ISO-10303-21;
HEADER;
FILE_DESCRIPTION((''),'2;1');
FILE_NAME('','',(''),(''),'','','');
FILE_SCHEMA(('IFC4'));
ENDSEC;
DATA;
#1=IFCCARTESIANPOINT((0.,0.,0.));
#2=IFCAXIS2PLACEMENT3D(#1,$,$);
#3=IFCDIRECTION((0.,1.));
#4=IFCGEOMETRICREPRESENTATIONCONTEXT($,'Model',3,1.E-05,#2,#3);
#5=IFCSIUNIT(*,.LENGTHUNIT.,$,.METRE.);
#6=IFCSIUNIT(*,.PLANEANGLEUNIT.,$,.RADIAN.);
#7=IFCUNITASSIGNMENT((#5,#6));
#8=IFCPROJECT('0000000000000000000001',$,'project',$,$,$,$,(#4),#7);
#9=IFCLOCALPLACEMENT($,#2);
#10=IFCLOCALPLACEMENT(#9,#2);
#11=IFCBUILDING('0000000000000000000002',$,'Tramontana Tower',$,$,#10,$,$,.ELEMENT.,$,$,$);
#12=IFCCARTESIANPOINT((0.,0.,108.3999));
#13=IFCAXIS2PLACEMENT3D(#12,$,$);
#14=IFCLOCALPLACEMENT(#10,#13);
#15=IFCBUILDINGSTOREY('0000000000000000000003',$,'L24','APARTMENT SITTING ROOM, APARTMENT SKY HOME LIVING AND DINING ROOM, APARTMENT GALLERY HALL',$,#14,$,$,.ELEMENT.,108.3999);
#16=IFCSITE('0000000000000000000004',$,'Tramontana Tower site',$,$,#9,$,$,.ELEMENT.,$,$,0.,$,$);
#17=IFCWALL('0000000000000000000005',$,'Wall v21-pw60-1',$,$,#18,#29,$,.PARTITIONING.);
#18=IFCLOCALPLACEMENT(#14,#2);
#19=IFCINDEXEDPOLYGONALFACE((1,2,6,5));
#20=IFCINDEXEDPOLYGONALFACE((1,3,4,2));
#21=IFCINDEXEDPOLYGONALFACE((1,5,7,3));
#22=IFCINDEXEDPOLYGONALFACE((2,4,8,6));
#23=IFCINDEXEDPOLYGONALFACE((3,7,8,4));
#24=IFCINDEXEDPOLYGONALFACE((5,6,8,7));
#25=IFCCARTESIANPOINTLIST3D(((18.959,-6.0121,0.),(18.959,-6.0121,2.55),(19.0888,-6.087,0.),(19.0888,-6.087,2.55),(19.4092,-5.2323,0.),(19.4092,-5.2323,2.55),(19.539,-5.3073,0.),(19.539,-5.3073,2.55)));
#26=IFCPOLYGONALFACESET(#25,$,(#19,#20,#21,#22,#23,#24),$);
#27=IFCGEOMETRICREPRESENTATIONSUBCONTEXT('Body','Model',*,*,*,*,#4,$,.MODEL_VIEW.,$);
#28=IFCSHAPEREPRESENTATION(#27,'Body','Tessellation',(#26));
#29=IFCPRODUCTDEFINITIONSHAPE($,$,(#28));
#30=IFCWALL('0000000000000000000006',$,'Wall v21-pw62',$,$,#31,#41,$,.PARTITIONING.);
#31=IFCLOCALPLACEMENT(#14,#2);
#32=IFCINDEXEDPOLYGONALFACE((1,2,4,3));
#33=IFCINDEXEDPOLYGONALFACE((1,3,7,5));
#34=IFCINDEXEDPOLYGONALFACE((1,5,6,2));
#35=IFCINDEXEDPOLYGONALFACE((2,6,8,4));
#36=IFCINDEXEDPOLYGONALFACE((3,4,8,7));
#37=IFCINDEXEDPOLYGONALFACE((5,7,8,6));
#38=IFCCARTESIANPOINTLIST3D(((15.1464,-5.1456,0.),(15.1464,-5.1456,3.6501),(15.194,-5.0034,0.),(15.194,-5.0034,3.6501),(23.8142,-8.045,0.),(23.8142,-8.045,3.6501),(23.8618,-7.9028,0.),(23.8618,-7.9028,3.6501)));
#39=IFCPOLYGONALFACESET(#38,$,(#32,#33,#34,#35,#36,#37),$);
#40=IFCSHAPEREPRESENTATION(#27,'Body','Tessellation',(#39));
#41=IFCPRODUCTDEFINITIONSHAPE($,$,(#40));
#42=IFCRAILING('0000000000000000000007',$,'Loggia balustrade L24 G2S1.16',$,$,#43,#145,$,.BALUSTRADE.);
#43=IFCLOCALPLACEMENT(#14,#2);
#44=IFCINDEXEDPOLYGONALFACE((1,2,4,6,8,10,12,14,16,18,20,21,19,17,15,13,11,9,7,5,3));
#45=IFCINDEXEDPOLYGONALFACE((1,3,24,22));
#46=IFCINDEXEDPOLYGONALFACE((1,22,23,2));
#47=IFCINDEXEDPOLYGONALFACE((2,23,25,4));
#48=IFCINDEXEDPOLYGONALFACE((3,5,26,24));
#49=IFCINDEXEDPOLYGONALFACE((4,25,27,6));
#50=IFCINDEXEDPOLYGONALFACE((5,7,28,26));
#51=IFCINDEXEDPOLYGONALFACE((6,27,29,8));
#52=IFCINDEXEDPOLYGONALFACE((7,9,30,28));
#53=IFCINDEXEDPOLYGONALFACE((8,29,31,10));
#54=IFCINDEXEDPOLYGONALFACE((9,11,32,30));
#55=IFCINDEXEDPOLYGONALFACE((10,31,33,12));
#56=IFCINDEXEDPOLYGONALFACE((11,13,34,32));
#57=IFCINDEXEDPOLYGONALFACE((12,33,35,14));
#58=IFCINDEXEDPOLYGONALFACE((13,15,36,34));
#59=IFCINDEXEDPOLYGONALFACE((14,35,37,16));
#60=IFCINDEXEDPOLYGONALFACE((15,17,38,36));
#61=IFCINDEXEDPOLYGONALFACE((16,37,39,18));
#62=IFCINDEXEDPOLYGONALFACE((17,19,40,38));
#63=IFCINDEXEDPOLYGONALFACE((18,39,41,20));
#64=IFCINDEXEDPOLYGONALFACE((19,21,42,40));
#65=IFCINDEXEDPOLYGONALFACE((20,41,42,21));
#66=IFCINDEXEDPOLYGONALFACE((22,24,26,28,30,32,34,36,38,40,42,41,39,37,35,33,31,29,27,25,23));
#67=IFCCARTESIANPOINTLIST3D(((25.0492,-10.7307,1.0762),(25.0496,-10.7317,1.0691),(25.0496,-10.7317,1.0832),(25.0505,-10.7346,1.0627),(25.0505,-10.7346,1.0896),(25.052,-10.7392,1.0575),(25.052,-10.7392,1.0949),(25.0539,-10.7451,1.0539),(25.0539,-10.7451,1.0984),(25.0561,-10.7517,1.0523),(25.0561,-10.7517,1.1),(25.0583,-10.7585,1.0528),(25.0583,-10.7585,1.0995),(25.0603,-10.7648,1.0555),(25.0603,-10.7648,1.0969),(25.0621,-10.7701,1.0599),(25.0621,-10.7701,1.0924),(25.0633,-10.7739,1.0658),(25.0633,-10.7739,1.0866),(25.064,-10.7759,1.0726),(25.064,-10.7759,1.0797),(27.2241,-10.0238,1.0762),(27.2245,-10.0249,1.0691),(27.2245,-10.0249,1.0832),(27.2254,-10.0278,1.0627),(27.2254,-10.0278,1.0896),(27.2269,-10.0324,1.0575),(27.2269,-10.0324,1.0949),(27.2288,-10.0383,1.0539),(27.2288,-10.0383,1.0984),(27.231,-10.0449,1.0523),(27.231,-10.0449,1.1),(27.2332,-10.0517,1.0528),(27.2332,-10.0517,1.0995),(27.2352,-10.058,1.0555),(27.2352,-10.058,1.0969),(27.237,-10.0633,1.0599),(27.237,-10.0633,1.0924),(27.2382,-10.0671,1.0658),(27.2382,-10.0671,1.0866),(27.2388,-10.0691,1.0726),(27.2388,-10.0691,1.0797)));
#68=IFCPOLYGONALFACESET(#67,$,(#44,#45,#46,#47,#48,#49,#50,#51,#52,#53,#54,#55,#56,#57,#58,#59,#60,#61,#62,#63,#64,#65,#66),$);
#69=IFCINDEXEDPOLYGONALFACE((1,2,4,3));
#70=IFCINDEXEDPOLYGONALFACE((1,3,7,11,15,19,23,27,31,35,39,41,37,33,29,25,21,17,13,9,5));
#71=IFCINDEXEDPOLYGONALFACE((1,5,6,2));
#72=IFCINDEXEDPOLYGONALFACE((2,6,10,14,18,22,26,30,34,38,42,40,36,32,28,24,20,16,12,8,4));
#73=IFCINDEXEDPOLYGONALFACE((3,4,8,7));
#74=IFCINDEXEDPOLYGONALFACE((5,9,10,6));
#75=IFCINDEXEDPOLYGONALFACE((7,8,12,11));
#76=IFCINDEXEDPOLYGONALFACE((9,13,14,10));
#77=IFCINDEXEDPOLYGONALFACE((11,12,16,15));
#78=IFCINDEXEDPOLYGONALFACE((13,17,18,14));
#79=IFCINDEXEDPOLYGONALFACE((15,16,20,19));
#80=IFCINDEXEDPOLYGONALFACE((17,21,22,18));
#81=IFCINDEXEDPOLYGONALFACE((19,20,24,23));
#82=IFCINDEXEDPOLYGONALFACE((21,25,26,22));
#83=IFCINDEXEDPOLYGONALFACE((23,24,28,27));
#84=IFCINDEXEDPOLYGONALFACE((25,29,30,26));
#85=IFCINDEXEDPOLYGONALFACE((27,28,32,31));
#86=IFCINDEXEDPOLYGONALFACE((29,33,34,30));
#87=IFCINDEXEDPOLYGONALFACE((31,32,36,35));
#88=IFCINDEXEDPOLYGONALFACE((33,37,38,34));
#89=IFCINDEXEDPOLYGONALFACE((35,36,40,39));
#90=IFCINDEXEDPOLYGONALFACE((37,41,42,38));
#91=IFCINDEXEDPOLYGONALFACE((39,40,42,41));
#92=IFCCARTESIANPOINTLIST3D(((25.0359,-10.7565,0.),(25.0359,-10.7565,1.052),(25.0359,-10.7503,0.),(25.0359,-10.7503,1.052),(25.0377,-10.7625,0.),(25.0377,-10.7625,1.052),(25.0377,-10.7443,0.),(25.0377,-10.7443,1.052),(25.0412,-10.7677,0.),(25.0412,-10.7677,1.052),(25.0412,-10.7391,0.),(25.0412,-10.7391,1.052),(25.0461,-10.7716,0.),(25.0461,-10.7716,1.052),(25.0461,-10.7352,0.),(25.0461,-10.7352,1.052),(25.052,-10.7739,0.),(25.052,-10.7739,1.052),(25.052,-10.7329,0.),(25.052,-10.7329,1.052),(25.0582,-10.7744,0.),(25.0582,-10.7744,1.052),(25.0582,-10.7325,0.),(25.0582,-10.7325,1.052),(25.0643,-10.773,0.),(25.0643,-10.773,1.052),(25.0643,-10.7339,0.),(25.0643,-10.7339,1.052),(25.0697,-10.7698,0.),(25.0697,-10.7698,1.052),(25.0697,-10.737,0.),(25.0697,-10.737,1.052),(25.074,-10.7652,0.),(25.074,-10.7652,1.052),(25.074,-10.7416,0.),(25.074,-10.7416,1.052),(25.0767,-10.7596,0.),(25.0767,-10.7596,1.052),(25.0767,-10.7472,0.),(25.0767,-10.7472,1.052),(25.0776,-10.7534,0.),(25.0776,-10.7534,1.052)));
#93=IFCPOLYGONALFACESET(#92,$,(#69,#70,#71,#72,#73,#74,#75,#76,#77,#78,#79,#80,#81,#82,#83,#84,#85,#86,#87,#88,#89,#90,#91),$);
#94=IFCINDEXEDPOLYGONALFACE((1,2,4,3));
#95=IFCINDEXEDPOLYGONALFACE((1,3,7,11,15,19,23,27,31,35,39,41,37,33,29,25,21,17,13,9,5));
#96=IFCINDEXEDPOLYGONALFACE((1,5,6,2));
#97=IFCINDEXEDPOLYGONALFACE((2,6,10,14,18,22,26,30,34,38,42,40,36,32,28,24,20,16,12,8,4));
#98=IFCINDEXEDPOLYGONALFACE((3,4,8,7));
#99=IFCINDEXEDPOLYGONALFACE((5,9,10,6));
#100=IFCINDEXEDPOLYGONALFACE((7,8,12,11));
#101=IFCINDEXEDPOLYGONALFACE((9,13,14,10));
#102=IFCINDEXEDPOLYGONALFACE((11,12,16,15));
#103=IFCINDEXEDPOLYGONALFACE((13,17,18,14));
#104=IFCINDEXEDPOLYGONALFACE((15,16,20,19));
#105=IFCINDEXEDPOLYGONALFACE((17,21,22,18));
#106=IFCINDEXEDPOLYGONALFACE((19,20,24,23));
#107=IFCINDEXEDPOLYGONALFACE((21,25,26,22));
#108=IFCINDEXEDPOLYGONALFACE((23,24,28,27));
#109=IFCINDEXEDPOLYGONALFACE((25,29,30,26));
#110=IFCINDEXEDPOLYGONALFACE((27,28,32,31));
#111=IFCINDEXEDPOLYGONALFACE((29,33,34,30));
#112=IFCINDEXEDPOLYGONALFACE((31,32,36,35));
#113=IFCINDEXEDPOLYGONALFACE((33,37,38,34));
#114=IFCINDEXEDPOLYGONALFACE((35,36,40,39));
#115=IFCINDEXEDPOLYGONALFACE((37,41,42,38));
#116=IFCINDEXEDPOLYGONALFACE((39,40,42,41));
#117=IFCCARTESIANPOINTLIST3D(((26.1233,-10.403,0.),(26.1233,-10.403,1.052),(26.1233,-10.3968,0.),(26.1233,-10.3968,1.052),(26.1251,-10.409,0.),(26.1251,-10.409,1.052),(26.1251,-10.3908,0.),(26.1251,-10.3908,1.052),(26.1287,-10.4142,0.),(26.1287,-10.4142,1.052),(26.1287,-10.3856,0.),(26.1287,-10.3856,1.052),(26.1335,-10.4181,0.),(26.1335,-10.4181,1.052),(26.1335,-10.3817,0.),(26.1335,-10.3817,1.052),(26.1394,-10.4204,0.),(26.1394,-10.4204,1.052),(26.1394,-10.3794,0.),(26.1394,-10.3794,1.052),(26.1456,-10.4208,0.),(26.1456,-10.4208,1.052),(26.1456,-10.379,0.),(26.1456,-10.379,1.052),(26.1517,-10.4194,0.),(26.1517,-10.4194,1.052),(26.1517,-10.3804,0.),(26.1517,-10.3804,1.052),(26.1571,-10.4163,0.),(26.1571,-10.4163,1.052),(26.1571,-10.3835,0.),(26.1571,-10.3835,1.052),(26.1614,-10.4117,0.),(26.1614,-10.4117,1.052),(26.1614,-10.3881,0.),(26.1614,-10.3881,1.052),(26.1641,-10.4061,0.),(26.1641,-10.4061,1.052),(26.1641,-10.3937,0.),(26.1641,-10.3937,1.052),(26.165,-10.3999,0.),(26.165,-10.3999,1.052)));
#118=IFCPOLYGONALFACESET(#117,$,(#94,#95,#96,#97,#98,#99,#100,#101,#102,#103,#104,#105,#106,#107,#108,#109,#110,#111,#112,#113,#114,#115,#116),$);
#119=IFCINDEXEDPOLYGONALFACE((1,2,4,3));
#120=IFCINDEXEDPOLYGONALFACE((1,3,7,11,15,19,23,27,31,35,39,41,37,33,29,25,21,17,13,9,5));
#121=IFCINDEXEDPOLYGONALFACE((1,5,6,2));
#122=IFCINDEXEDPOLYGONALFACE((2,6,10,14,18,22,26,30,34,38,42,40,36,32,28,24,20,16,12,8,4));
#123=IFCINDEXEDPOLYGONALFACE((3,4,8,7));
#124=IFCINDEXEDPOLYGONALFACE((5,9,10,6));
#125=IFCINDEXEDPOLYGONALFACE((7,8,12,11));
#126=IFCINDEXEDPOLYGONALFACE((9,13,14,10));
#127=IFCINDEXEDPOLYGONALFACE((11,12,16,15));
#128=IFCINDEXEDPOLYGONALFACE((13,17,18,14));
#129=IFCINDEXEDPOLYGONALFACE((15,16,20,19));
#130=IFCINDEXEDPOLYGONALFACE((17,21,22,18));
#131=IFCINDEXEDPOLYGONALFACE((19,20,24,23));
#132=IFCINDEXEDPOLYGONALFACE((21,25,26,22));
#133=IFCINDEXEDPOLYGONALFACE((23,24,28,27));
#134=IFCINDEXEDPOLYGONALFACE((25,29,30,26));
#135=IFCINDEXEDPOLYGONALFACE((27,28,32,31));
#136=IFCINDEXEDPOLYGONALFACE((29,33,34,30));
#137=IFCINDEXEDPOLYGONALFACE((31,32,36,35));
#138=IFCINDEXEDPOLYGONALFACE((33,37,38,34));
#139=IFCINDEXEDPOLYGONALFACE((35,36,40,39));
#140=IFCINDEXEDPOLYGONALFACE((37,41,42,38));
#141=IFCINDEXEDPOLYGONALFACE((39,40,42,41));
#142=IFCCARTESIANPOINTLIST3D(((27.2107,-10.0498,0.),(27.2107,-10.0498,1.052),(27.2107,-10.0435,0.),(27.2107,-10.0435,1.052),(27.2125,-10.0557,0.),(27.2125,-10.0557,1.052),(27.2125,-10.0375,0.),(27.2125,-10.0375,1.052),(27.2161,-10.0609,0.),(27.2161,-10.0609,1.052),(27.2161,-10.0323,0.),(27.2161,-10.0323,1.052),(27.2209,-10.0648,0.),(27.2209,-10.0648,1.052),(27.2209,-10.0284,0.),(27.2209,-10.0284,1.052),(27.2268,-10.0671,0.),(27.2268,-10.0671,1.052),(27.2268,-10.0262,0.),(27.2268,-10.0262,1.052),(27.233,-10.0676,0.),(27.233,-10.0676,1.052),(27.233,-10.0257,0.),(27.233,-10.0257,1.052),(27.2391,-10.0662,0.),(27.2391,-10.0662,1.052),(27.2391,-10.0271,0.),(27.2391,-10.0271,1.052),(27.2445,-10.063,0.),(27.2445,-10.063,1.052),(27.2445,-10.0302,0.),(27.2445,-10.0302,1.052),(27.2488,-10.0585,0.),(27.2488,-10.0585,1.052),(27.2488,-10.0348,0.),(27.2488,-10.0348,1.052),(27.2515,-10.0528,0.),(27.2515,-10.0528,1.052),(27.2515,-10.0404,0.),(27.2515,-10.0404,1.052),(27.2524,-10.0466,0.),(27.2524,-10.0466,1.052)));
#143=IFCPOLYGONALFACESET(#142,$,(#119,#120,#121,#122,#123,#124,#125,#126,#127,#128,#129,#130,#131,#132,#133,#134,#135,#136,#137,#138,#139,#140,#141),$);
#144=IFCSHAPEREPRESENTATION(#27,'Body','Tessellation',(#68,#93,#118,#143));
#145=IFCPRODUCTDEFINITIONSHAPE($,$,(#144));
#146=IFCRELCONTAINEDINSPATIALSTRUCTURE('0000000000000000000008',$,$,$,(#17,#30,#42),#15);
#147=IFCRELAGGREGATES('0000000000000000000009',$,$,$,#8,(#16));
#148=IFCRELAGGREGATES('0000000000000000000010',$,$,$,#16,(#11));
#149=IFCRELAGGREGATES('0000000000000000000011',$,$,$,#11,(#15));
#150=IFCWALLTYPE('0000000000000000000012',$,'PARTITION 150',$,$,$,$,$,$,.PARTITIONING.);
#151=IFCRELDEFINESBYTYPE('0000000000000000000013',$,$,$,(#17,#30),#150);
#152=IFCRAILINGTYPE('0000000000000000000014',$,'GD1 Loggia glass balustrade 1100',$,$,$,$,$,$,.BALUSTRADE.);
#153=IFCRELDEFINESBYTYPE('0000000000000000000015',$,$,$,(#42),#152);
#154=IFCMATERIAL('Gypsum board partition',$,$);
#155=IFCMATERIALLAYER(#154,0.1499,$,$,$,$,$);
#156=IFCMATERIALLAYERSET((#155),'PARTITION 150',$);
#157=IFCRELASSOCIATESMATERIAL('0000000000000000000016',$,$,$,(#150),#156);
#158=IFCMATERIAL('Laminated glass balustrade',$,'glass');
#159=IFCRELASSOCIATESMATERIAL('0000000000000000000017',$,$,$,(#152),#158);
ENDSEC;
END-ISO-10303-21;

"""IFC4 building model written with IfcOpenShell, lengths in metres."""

from ifc_helpers import new_model, si_unit, direction, frame, frame_2d, origin, origin_2d, place, context, subcontext, project, spatial, rectangle, circle, extrude, material, layer, layer_set, type_object, element, save


model = new_model("IFC4")

# Units and contexts
model_context = context("Model", 3, precision=1e-05, world=origin(), true_north=direction((0.0, 1.0)))
body_context = subcontext(model_context, "Body", "Model", "MODEL_VIEW")
ifc_project = project(units=[si_unit("LENGTHUNIT", "METRE"), si_unit("PLANEANGLEUNIT", "RADIAN")], contexts=[model_context])

# Site, building, storey
site_placement = place(None, origin())
site = spatial("IfcSite", under=ifc_project, at=site_placement, Name="Tramontana Tower site", CompositionType="ELEMENT", RefElevation=0.0)
building_placement = place(site_placement, origin())
building = spatial("IfcBuilding", under=site, at=building_placement, Name="Tramontana Tower", CompositionType="ELEMENT")
storey_placement = place(building_placement, frame((0.0, 0.0, 108.3999)))
storey = spatial("IfcBuildingStorey", under=building, at=storey_placement, Name="L24", Description="APARTMENT SITTING ROOM, APARTMENT SKY HOME LIVING AND DINING ROOM, APARTMENT GALLERY HALL", CompositionType="ELEMENT", Elevation=108.3999)

# Walls
ifc_material_1 = material(Name="Gypsum board partition")
ifc_layer_1 = layer(ifc_material_1, 0.1499)
ifc_layer_set_1 = layer_set([ifc_layer_1], Name="PARTITION 150")
wall_type_1 = type_object("IfcWallType", Name="PARTITION 150", PredefinedType="PARTITIONING", material=ifc_layer_set_1)
wall_1_placement = place(storey_placement, frame((19.4741, -5.2698, 0.0), z_axis=(0.0, 0.0, 1.0), x_axis=(-0.499988, -0.866032, 0.0)))
element("IfcWall", 1, at=wall_1_placement, inside=storey, type_object=wall_type_1, Name="Wall v21-pw60-1", PredefinedType="PARTITIONING", context=body_context, shape_type="SweptSolid", body=[
    extrude(rectangle(XDim=0.9004, YDim=0.1499, at=frame_2d((0.4502, 0.0))), origin(), (0.0, 0.0, 1.0), 2.55),
])
wall_2_placement = place(storey_placement, frame((23.8379, -7.9739, 0.0), z_axis=(0.0, 0.0, 1.0), x_axis=(-0.948349, 0.317229, 0.0)))
element("IfcWall", 2, at=wall_2_placement, inside=storey, type_object=wall_type_1, Name="Wall v21-pw62", PredefinedType="PARTITIONING", context=body_context, shape_type="SweptSolid", body=[
    extrude(rectangle(XDim=9.1399, YDim=0.1499, at=frame_2d((4.5698, 0.0))), origin(), (0.0, 0.0, 1.0), 3.6501),
])

# Railing
ifc_material_2 = material(Name="Laminated glass balustrade", Category="glass")
railing_type = type_object("IfcRailingType", Name="GD1 Loggia glass balustrade 1100", PredefinedType="BALUSTRADE", material=ifc_material_2)
railing_1_placement = place(storey_placement, frame((25.0566, -10.7534, 0.0)))
element("IfcRailing", 3, at=railing_1_placement, inside=storey, type_object=railing_type, Name="Loggia balustrade L24 G2S1.16", PredefinedType="BALUSTRADE", context=body_context, shape_type="SweptSolid", body=[
    extrude(circle(Radius=0.0239, at=origin_2d()), frame((0.0, 0.0, 1.0762), z_axis=(0.951037, 0.309076, 0.0), x_axis=(-0.309076, 0.951037, 0.0)), (0.0, 0.0, 1.0), 2.2869),
    extrude(circle(Radius=0.021, at=origin_2d()), origin(), (0.0, 0.0, 1.0), 1.052),
    extrude(circle(Radius=0.021, at=origin_2d()), frame((1.0874, 0.3535, 0.0)), (0.0, 0.0, 1.0), 1.052),
    extrude(circle(Radius=0.021, at=origin_2d()), frame((2.1748, 0.7068, 0.0)), (0.0, 0.0, 1.0), 1.052),
])

save(model, "model.ifc")
